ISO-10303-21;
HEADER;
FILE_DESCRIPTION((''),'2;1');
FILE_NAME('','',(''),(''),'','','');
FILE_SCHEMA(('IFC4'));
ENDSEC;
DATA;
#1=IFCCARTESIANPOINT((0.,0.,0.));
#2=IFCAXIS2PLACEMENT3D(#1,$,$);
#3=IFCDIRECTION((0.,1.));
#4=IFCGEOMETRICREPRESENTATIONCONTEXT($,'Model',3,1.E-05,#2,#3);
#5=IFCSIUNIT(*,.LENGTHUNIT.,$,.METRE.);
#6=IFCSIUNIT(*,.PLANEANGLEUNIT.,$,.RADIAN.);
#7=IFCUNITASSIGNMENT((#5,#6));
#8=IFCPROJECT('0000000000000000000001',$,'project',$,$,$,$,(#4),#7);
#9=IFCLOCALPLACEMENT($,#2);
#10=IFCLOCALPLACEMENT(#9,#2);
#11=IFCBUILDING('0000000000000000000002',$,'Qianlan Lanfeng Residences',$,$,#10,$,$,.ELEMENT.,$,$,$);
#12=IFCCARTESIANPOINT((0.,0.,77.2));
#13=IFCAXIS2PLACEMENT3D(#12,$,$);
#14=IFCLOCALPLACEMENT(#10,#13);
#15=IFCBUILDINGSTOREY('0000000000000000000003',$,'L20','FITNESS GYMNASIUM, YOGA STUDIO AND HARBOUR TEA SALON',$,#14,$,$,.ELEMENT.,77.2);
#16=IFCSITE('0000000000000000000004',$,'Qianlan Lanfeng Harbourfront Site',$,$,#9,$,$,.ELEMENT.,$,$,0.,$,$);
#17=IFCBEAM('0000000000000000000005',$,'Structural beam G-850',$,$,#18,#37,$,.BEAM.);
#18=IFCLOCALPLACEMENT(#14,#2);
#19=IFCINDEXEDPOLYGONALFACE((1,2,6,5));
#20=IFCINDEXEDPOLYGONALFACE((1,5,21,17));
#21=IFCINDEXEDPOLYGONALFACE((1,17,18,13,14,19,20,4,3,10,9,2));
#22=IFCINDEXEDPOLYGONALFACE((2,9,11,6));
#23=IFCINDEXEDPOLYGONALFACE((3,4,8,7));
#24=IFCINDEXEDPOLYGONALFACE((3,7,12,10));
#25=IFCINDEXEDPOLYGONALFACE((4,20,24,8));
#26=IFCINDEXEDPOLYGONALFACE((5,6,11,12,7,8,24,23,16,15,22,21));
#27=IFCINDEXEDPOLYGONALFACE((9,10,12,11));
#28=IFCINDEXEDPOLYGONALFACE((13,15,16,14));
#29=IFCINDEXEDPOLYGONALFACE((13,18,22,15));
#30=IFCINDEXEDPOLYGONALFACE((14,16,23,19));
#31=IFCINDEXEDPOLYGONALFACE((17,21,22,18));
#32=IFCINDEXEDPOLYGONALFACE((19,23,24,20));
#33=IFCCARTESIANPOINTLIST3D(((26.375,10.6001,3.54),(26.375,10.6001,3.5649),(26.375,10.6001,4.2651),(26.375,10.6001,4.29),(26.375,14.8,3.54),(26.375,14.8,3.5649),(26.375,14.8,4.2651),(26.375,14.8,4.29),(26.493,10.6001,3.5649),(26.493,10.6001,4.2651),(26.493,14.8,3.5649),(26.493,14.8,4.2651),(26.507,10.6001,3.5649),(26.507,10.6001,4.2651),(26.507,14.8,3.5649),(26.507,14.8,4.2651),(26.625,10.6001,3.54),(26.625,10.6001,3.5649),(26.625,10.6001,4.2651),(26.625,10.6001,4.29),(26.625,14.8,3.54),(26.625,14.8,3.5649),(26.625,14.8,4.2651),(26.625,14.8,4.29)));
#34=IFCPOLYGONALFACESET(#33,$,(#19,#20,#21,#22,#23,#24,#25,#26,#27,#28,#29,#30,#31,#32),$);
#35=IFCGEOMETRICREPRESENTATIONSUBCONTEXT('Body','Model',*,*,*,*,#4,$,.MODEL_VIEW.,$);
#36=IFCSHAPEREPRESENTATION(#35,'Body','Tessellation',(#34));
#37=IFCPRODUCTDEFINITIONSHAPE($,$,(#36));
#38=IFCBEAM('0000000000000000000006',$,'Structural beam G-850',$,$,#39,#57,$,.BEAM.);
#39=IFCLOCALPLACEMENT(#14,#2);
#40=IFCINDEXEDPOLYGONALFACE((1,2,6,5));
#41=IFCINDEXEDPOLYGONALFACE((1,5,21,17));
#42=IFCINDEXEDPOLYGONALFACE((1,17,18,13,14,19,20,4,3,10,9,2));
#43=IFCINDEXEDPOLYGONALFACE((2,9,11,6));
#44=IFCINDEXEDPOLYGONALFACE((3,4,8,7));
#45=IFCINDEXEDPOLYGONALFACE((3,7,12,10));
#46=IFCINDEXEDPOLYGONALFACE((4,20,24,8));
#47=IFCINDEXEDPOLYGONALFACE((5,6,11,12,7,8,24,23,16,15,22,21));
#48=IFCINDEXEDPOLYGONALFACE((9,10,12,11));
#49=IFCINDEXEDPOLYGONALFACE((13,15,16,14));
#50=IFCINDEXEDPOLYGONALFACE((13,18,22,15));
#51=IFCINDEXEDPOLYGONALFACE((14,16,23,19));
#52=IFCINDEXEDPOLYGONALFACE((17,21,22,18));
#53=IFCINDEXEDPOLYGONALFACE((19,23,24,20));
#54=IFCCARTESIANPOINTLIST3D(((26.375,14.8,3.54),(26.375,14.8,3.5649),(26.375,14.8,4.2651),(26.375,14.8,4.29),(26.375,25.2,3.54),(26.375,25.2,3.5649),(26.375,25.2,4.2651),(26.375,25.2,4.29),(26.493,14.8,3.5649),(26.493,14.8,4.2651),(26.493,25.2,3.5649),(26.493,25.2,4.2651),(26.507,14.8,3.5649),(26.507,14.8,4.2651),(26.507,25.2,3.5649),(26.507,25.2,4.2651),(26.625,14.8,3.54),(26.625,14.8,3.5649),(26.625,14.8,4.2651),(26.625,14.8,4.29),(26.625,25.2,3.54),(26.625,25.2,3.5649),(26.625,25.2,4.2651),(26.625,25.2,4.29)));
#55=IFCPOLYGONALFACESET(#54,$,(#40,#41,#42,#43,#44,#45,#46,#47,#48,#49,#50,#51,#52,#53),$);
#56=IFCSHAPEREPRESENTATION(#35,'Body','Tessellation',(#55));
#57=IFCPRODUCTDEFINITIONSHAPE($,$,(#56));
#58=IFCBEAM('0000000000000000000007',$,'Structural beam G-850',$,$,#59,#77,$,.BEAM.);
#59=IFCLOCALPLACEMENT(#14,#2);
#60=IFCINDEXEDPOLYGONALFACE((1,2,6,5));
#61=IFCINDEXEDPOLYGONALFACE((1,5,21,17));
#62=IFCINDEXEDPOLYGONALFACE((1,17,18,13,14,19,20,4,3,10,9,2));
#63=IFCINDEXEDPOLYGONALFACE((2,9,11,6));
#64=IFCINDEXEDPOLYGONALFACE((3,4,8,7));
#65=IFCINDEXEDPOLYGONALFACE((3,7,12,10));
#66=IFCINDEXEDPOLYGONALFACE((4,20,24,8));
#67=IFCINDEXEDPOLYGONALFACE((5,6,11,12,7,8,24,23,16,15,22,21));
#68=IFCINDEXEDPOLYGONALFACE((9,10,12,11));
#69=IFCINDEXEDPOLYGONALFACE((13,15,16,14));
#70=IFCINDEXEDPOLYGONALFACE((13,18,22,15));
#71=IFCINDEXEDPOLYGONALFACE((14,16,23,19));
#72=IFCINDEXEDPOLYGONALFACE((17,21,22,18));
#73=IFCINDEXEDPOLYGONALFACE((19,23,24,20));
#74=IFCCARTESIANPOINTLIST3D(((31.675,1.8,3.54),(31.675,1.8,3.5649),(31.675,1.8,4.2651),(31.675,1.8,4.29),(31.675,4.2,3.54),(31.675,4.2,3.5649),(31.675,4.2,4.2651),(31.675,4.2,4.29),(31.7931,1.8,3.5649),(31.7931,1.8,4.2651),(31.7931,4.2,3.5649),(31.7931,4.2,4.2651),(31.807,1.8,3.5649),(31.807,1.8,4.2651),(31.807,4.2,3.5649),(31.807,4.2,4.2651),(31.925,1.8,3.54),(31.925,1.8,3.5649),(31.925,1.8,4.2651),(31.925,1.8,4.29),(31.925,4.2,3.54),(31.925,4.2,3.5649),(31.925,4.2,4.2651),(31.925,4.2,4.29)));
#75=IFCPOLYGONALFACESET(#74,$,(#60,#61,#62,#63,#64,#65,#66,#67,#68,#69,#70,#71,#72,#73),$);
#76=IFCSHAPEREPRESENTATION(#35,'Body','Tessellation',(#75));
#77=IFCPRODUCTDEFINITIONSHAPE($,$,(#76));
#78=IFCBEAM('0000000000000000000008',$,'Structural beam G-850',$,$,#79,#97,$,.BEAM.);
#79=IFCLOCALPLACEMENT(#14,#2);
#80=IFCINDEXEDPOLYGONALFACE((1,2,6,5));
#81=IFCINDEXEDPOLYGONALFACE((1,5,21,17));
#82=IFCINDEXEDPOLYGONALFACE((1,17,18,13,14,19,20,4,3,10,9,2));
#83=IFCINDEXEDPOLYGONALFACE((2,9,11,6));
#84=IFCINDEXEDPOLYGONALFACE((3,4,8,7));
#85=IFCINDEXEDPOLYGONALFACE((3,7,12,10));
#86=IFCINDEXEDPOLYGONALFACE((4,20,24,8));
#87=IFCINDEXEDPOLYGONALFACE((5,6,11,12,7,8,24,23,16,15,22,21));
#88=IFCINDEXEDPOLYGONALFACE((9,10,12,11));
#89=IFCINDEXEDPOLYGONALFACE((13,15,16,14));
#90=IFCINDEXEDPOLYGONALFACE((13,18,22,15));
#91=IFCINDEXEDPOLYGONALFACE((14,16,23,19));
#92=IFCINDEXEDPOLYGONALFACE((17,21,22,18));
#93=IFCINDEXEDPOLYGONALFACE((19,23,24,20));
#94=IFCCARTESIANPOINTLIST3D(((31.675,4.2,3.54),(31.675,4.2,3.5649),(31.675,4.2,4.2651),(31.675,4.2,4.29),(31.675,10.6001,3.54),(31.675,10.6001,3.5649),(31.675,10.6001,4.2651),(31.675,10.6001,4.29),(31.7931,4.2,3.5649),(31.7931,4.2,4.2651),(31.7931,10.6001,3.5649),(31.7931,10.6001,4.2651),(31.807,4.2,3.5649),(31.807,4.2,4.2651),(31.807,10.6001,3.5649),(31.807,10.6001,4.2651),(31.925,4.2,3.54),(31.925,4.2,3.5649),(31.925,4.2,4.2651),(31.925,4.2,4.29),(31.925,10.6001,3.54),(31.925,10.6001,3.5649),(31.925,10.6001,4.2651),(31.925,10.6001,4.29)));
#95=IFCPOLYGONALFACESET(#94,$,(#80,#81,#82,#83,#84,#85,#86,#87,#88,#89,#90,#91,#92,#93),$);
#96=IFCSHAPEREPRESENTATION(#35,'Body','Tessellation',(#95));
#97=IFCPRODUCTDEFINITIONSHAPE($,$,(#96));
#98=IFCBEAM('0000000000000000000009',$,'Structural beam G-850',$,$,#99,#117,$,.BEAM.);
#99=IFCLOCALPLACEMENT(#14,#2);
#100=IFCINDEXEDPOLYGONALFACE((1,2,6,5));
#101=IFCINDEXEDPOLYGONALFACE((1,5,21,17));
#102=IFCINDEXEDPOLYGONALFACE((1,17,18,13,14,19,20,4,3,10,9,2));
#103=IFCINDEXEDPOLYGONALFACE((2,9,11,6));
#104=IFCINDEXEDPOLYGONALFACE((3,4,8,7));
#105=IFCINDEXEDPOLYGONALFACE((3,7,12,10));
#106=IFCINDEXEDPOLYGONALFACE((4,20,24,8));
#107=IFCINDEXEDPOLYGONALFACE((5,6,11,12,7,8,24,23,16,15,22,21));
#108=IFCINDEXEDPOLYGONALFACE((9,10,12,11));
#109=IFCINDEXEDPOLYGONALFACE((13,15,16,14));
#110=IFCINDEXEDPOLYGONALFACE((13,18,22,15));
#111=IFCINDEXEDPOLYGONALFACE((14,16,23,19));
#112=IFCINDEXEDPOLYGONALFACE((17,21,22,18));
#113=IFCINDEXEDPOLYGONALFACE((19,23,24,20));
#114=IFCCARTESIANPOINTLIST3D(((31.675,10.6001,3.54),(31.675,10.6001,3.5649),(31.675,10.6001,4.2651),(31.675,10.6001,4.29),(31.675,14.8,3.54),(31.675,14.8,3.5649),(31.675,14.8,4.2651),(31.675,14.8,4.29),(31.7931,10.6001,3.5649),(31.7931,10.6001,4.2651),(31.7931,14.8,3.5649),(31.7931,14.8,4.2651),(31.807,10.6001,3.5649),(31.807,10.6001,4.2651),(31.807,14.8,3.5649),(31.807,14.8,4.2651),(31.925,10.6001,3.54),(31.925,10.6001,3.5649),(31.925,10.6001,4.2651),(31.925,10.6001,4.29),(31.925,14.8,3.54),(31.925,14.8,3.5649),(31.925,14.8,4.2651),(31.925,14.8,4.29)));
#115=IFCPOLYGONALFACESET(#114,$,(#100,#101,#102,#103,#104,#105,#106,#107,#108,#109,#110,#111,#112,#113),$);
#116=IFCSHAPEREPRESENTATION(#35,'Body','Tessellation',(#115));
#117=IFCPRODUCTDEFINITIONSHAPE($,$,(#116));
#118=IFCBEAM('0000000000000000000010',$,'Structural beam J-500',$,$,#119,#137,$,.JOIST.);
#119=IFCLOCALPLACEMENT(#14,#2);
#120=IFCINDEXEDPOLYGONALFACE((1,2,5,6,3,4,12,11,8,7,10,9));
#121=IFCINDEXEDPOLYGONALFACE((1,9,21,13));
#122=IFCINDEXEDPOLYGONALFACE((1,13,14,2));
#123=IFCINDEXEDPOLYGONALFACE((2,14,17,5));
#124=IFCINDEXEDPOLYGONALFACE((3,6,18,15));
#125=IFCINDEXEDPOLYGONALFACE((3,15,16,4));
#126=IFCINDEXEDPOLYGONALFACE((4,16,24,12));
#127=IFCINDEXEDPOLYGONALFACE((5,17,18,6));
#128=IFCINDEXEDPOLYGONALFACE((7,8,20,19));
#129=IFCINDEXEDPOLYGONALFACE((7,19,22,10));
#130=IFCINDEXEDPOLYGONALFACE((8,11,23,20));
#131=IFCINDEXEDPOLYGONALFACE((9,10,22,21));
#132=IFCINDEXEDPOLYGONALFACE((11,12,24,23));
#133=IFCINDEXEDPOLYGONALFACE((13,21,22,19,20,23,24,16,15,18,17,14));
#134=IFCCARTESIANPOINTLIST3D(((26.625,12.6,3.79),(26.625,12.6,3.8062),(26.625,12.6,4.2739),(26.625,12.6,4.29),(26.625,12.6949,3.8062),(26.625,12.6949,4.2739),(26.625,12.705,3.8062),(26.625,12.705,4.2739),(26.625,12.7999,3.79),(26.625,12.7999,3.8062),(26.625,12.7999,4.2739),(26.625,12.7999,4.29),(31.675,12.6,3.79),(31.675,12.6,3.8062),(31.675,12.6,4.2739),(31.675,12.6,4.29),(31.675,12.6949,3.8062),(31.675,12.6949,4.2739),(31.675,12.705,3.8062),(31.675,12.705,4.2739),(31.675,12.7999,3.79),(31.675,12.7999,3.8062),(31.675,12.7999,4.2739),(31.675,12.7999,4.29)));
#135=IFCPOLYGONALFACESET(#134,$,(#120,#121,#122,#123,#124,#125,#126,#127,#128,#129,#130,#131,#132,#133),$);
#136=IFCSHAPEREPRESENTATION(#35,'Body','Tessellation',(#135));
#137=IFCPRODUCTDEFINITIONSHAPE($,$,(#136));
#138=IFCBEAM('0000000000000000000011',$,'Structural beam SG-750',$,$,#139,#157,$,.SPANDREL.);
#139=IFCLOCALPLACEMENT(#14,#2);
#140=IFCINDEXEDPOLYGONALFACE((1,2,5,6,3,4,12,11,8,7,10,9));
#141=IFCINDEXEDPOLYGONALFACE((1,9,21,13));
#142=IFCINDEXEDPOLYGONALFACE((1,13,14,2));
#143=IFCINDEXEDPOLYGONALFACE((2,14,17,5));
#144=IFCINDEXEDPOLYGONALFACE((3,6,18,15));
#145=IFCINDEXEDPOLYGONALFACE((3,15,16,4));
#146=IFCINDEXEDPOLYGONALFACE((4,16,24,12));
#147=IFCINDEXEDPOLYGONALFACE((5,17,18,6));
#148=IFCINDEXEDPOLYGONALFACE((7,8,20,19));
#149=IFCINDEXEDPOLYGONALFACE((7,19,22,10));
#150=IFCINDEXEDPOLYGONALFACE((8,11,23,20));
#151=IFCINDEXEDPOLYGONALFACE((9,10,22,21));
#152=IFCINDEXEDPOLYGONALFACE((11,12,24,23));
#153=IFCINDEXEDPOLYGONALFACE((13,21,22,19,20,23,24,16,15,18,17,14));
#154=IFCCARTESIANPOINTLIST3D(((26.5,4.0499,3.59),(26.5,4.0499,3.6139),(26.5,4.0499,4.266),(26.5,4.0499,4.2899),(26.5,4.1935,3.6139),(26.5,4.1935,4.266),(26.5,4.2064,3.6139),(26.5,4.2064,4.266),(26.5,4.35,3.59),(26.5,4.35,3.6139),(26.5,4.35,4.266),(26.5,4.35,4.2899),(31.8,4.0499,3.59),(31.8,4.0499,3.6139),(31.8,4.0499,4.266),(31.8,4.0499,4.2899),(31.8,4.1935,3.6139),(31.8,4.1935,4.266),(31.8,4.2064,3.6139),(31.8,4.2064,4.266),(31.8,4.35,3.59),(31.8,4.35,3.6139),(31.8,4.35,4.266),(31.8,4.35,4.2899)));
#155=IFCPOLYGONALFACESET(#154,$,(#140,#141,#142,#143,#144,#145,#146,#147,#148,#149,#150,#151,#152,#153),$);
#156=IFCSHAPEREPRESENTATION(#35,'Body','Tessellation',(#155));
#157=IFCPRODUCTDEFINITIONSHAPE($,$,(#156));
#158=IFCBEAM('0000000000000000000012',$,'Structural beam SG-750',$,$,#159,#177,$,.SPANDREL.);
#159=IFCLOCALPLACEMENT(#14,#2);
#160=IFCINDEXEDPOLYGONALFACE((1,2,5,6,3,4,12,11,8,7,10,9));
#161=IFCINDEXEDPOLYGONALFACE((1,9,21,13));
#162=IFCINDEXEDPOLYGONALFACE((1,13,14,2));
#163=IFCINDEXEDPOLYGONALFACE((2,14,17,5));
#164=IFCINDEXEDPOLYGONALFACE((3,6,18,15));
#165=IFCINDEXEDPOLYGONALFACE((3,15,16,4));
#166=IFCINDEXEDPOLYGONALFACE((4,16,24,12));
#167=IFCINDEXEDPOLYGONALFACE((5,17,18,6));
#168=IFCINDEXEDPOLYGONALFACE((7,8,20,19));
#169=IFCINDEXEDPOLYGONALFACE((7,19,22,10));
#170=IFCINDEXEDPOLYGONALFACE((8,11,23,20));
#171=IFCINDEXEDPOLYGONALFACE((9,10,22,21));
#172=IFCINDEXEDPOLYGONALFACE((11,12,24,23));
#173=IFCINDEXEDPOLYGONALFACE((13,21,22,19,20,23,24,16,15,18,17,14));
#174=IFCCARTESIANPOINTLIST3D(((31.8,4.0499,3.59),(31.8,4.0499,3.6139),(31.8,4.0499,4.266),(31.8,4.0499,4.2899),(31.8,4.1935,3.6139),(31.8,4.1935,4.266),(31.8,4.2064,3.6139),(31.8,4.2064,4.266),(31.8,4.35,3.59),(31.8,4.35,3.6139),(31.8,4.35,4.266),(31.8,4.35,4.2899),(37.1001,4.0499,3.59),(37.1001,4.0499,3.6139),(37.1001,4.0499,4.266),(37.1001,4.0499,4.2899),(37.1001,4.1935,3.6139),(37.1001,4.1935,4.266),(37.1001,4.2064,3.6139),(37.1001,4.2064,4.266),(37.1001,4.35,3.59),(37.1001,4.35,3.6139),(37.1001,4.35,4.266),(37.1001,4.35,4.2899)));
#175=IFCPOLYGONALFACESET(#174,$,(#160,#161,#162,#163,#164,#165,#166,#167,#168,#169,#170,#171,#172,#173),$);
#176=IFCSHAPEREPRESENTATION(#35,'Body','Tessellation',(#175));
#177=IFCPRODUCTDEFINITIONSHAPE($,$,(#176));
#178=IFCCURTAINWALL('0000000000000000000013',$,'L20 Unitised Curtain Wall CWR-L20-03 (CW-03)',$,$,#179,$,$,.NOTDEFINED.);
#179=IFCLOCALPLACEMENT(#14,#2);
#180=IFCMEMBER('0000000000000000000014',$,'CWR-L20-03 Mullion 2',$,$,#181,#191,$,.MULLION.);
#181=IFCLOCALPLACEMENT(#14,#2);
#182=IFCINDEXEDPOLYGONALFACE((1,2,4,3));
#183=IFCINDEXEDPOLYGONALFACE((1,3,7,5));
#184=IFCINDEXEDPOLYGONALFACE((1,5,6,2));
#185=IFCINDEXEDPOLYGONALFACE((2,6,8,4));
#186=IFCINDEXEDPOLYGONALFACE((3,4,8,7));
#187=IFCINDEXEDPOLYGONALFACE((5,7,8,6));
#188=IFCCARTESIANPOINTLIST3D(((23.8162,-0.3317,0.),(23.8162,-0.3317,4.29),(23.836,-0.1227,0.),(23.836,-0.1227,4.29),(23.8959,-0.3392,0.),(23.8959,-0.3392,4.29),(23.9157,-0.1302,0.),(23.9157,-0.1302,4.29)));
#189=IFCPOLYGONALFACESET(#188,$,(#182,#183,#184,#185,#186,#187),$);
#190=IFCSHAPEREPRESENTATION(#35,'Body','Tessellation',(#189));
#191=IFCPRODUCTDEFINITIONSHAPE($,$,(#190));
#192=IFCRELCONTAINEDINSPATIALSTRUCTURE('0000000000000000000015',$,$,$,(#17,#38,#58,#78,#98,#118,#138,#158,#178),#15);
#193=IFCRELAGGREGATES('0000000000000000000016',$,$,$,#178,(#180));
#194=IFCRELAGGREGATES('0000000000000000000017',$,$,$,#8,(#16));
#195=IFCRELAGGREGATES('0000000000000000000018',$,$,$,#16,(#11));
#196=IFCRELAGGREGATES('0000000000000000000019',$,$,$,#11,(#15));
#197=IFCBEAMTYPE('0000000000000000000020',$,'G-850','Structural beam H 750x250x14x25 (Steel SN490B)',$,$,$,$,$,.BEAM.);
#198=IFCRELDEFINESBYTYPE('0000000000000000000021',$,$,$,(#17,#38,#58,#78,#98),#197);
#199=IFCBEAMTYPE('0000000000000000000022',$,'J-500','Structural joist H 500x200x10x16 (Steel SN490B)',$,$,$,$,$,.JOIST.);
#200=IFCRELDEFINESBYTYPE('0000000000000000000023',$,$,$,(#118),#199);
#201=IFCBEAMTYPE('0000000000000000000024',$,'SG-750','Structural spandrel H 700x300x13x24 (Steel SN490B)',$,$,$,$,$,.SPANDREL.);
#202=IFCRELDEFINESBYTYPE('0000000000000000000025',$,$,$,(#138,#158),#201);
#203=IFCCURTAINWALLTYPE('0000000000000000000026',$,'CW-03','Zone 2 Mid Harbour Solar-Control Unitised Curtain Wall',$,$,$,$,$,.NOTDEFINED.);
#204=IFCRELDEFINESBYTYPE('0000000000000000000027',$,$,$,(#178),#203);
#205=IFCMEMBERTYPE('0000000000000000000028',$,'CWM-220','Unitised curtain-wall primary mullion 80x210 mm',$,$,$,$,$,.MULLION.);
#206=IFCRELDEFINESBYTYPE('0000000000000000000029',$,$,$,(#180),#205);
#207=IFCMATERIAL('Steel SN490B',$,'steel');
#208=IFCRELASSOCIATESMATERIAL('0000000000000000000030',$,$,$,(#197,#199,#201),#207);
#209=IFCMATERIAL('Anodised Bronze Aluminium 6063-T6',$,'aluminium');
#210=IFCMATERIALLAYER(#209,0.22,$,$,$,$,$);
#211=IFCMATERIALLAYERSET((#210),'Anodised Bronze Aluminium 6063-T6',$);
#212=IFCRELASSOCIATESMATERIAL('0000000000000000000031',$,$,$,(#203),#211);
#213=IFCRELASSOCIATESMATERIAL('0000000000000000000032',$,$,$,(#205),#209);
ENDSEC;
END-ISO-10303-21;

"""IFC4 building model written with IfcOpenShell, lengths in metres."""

from ifc_helpers import new_model, si_unit, direction, frame, origin, origin_2d, place, context, subcontext, project, spatial, rectangle, i_section, extrude, source, transform, mapped, material, layer, layer_set, material_profile, profile_set, type_object, element, aggregate, save


model = new_model("IFC4")

# Units and contexts
model_context = context("Model", 3, precision=1e-05, world=origin(), true_north=direction((0.0, 1.0)))
body_context = subcontext(model_context, "Body", "Model", "MODEL_VIEW")
ifc_project = project(units=[si_unit("LENGTHUNIT", "METRE"), si_unit("PLANEANGLEUNIT", "RADIAN")], contexts=[model_context])

# Site, building, storey
site_placement = place(None, origin())
site = spatial("IfcSite", under=ifc_project, at=site_placement, Name="Qianlan Lanfeng Harbourfront Site", CompositionType="ELEMENT", RefElevation=0.0)
building_placement = place(site_placement, origin())
building = spatial("IfcBuilding", under=site, at=building_placement, Name="Qianlan Lanfeng Residences", CompositionType="ELEMENT")
storey_placement = place(building_placement, frame((0.0, 0.0, 77.2)))
storey = spatial("IfcBuildingStorey", under=building, at=storey_placement, Name="L20", Description="FITNESS GYMNASIUM, YOGA STUDIO AND HARBOUR TEA SALON", CompositionType="ELEMENT", Elevation=77.2)

# Shared definitions
ifc_material_1 = material(Name="Steel SN490B", Category="steel")

# Beams
ifc_material_profile_1 = material_profile(ifc_material_1, i_section(OverallWidth=0.25, OverallDepth=0.75, WebThickness=0.0139, FlangeThickness=0.0249, at=origin_2d()), Name="H 750x250x14x25")
ifc_profile_set_1 = profile_set([ifc_material_profile_1], Name="Steel SN490B")
beam_type_1 = type_object("IfcBeamType", Name="G-850", Description="Structural beam H 750x250x14x25 (Steel SN490B)", PredefinedType="BEAM", material=ifc_profile_set_1)
beam_1_placement = place(storey_placement, frame((26.5, 10.6001, 3.915), z_axis=(0.0, 1.0, 0.0), x_axis=(-1.0, 0.0, 0.0)))
element("IfcBeam", 1, at=beam_1_placement, inside=storey, type_object=beam_type_1, Name="Structural beam G-850", PredefinedType="BEAM", context=body_context, shape_type="SweptSolid", body=[
    extrude(i_section(OverallWidth=0.25, OverallDepth=0.75, WebThickness=0.0139, FlangeThickness=0.0249, at=origin_2d()), origin(), (0.0, 0.0, 1.0), 4.2),
])
beam_2_placement = place(storey_placement, frame((26.5, 14.8, 3.915), z_axis=(0.0, 1.0, 0.0), x_axis=(-1.0, 0.0, 0.0)))
element("IfcBeam", 2, at=beam_2_placement, inside=storey, type_object=beam_type_1, Name="Structural beam G-850", PredefinedType="BEAM", context=body_context, shape_type="SweptSolid", body=[
    extrude(i_section(OverallWidth=0.25, OverallDepth=0.75, WebThickness=0.0139, FlangeThickness=0.0249, at=origin_2d()), origin(), (0.0, 0.0, 1.0), 10.3999),
])
beam_3_placement = place(storey_placement, frame((31.8, 1.8, 3.915), z_axis=(0.0, 1.0, 0.0), x_axis=(-1.0, 0.0, 0.0)))
element("IfcBeam", 3, at=beam_3_placement, inside=storey, type_object=beam_type_1, Name="Structural beam G-850", PredefinedType="BEAM", context=body_context, shape_type="SweptSolid", body=[
    extrude(i_section(OverallWidth=0.25, OverallDepth=0.75, WebThickness=0.0139, FlangeThickness=0.0249, at=origin_2d()), origin(), (0.0, 0.0, 1.0), 2.3999),
])
beam_4_placement = place(storey_placement, frame((31.8, 4.2, 3.915), z_axis=(0.0, 1.0, 0.0), x_axis=(-1.0, 0.0, 0.0)))
element("IfcBeam", 4, at=beam_4_placement, inside=storey, type_object=beam_type_1, Name="Structural beam G-850", PredefinedType="BEAM", context=body_context, shape_type="SweptSolid", body=[
    extrude(i_section(OverallWidth=0.25, OverallDepth=0.75, WebThickness=0.0139, FlangeThickness=0.0249, at=origin_2d()), origin(), (0.0, 0.0, 1.0), 6.4001),
])
beam_5_placement = place(storey_placement, frame((31.8, 10.6001, 3.915), z_axis=(0.0, 1.0, 0.0), x_axis=(-1.0, 0.0, 0.0)))
element("IfcBeam", 5, at=beam_5_placement, inside=storey, type_object=beam_type_1, Name="Structural beam G-850", PredefinedType="BEAM", context=body_context, shape_type="SweptSolid", body=[
    extrude(i_section(OverallWidth=0.25, OverallDepth=0.75, WebThickness=0.0139, FlangeThickness=0.0249, at=origin_2d()), origin(), (0.0, 0.0, 1.0), 4.2),
])
ifc_material_profile_2 = material_profile(ifc_material_1, i_section(OverallWidth=0.2, OverallDepth=0.5, WebThickness=0.01, FlangeThickness=0.0161, at=origin_2d()), Name="H 500x200x10x16")
ifc_profile_set_2 = profile_set([ifc_material_profile_2], Name="Steel SN490B")
beam_type_2 = type_object("IfcBeamType", Name="J-500", Description="Structural joist H 500x200x10x16 (Steel SN490B)", PredefinedType="JOIST", material=ifc_profile_set_2)
beam_6_placement = place(storey_placement, frame((26.625, 12.7, 4.04), z_axis=(1.0, 0.0, 0.0), x_axis=(0.0, 1.0, 0.0)))
element("IfcBeam", 6, at=beam_6_placement, inside=storey, type_object=beam_type_2, Name="Structural beam J-500", PredefinedType="JOIST", context=body_context, shape_type="SweptSolid", body=[
    extrude(i_section(OverallWidth=0.2, OverallDepth=0.5, WebThickness=0.01, FlangeThickness=0.0161, at=origin_2d()), origin(), (0.0, 0.0, 1.0), 5.05),
])
ifc_material_profile_3 = material_profile(ifc_material_1, i_section(OverallWidth=0.3, OverallDepth=0.7, WebThickness=0.0129, FlangeThickness=0.0239, at=origin_2d()), Name="H 700x300x13x24")
ifc_profile_set_3 = profile_set([ifc_material_profile_3], Name="Steel SN490B")
beam_type_3 = type_object("IfcBeamType", Name="SG-750", Description="Structural spandrel H 700x300x13x24 (Steel SN490B)", PredefinedType="SPANDREL", material=ifc_profile_set_3)
for number, where, z_axis, x_axis, name in (
    (7, (26.5, 4.2, 3.9399), (1.0, 0.0, 0.0), (0.0, 1.0, 0.0), "Structural beam SG-750"),
    (8, (31.8, 4.2, 3.9399), (1.0, 0.0, 0.0), (0.0, 1.0, 0.0), "Structural beam SG-750"),
):
    element("IfcBeam", number, at=place(storey_placement, frame(where, z_axis=z_axis, x_axis=x_axis)), inside=storey, type_object=beam_type_3, Name=name, PredefinedType="SPANDREL", context=body_context, shape_type="SweptSolid", body=[
        extrude(i_section(OverallWidth=0.3, OverallDepth=0.7, WebThickness=0.0129, FlangeThickness=0.0239, at=origin_2d()), origin(), (0.0, 0.0, 1.0), 5.3),
    ])

# Curtain wall, member
ifc_material_2 = material(Name="Anodised Bronze Aluminium 6063-T6", Category="aluminium")
ifc_layer_1 = layer(ifc_material_2, 0.22)
ifc_layer_set_1 = layer_set([ifc_layer_1], Name="Anodised Bronze Aluminium 6063-T6")
curtain_wall_type = type_object("IfcCurtainWallType", Name="CW-03", Description="Zone 2 Mid Harbour Solar-Control Unitised Curtain Wall", PredefinedType="NOTDEFINED", material=ifc_layer_set_1)
curtain_wall_1_placement = place(storey_placement, origin())
curtain_wall_1 = element("IfcCurtainWall", 9, at=curtain_wall_1_placement, inside=storey, type_object=curtain_wall_type, Name="L20 Unitised Curtain Wall CWR-L20-03 (CW-03)", PredefinedType="NOTDEFINED")
ifc_material_profile_4 = material_profile(ifc_material_2, rectangle(XDim=0.0801, YDim=0.21, at=origin_2d()), Name="ALU MULLION 80x210")
ifc_profile_set_4 = profile_set([ifc_material_profile_4], Name="Anodised Bronze Aluminium 6063-T6")
member_type_1 = type_object("IfcMemberType", Name="CWM-220", Description="Unitised curtain-wall primary mullion 80x210 mm", PredefinedType="MULLION", material=ifc_profile_set_4)
shared_shape_1 = source(origin(), body_context, "Body", "SweptSolid", [
    extrude(rectangle(XDim=0.0801, YDim=0.21, at=origin_2d()), origin(), (0.0, 0.0, 1.0), 4.29),
])
member_1_placement = place(storey_placement, frame((23.866, -0.231, 0.0), z_axis=(0.0, 0.0, 1.0), x_axis=(0.995561, -0.094114, 0.0)))
member_1 = element("IfcMember", 10, at=member_1_placement, type_object=member_type_1, Name="CWR-L20-03 Mullion 2", PredefinedType="MULLION", context=body_context, shape_type="MappedRepresentation", body=[
    mapped(shared_shape_1, transform((0.0, 0.0, 0.0), scale=1.0)),
])

aggregate(curtain_wall_1, [member_1])

save(model, "model.ifc")
